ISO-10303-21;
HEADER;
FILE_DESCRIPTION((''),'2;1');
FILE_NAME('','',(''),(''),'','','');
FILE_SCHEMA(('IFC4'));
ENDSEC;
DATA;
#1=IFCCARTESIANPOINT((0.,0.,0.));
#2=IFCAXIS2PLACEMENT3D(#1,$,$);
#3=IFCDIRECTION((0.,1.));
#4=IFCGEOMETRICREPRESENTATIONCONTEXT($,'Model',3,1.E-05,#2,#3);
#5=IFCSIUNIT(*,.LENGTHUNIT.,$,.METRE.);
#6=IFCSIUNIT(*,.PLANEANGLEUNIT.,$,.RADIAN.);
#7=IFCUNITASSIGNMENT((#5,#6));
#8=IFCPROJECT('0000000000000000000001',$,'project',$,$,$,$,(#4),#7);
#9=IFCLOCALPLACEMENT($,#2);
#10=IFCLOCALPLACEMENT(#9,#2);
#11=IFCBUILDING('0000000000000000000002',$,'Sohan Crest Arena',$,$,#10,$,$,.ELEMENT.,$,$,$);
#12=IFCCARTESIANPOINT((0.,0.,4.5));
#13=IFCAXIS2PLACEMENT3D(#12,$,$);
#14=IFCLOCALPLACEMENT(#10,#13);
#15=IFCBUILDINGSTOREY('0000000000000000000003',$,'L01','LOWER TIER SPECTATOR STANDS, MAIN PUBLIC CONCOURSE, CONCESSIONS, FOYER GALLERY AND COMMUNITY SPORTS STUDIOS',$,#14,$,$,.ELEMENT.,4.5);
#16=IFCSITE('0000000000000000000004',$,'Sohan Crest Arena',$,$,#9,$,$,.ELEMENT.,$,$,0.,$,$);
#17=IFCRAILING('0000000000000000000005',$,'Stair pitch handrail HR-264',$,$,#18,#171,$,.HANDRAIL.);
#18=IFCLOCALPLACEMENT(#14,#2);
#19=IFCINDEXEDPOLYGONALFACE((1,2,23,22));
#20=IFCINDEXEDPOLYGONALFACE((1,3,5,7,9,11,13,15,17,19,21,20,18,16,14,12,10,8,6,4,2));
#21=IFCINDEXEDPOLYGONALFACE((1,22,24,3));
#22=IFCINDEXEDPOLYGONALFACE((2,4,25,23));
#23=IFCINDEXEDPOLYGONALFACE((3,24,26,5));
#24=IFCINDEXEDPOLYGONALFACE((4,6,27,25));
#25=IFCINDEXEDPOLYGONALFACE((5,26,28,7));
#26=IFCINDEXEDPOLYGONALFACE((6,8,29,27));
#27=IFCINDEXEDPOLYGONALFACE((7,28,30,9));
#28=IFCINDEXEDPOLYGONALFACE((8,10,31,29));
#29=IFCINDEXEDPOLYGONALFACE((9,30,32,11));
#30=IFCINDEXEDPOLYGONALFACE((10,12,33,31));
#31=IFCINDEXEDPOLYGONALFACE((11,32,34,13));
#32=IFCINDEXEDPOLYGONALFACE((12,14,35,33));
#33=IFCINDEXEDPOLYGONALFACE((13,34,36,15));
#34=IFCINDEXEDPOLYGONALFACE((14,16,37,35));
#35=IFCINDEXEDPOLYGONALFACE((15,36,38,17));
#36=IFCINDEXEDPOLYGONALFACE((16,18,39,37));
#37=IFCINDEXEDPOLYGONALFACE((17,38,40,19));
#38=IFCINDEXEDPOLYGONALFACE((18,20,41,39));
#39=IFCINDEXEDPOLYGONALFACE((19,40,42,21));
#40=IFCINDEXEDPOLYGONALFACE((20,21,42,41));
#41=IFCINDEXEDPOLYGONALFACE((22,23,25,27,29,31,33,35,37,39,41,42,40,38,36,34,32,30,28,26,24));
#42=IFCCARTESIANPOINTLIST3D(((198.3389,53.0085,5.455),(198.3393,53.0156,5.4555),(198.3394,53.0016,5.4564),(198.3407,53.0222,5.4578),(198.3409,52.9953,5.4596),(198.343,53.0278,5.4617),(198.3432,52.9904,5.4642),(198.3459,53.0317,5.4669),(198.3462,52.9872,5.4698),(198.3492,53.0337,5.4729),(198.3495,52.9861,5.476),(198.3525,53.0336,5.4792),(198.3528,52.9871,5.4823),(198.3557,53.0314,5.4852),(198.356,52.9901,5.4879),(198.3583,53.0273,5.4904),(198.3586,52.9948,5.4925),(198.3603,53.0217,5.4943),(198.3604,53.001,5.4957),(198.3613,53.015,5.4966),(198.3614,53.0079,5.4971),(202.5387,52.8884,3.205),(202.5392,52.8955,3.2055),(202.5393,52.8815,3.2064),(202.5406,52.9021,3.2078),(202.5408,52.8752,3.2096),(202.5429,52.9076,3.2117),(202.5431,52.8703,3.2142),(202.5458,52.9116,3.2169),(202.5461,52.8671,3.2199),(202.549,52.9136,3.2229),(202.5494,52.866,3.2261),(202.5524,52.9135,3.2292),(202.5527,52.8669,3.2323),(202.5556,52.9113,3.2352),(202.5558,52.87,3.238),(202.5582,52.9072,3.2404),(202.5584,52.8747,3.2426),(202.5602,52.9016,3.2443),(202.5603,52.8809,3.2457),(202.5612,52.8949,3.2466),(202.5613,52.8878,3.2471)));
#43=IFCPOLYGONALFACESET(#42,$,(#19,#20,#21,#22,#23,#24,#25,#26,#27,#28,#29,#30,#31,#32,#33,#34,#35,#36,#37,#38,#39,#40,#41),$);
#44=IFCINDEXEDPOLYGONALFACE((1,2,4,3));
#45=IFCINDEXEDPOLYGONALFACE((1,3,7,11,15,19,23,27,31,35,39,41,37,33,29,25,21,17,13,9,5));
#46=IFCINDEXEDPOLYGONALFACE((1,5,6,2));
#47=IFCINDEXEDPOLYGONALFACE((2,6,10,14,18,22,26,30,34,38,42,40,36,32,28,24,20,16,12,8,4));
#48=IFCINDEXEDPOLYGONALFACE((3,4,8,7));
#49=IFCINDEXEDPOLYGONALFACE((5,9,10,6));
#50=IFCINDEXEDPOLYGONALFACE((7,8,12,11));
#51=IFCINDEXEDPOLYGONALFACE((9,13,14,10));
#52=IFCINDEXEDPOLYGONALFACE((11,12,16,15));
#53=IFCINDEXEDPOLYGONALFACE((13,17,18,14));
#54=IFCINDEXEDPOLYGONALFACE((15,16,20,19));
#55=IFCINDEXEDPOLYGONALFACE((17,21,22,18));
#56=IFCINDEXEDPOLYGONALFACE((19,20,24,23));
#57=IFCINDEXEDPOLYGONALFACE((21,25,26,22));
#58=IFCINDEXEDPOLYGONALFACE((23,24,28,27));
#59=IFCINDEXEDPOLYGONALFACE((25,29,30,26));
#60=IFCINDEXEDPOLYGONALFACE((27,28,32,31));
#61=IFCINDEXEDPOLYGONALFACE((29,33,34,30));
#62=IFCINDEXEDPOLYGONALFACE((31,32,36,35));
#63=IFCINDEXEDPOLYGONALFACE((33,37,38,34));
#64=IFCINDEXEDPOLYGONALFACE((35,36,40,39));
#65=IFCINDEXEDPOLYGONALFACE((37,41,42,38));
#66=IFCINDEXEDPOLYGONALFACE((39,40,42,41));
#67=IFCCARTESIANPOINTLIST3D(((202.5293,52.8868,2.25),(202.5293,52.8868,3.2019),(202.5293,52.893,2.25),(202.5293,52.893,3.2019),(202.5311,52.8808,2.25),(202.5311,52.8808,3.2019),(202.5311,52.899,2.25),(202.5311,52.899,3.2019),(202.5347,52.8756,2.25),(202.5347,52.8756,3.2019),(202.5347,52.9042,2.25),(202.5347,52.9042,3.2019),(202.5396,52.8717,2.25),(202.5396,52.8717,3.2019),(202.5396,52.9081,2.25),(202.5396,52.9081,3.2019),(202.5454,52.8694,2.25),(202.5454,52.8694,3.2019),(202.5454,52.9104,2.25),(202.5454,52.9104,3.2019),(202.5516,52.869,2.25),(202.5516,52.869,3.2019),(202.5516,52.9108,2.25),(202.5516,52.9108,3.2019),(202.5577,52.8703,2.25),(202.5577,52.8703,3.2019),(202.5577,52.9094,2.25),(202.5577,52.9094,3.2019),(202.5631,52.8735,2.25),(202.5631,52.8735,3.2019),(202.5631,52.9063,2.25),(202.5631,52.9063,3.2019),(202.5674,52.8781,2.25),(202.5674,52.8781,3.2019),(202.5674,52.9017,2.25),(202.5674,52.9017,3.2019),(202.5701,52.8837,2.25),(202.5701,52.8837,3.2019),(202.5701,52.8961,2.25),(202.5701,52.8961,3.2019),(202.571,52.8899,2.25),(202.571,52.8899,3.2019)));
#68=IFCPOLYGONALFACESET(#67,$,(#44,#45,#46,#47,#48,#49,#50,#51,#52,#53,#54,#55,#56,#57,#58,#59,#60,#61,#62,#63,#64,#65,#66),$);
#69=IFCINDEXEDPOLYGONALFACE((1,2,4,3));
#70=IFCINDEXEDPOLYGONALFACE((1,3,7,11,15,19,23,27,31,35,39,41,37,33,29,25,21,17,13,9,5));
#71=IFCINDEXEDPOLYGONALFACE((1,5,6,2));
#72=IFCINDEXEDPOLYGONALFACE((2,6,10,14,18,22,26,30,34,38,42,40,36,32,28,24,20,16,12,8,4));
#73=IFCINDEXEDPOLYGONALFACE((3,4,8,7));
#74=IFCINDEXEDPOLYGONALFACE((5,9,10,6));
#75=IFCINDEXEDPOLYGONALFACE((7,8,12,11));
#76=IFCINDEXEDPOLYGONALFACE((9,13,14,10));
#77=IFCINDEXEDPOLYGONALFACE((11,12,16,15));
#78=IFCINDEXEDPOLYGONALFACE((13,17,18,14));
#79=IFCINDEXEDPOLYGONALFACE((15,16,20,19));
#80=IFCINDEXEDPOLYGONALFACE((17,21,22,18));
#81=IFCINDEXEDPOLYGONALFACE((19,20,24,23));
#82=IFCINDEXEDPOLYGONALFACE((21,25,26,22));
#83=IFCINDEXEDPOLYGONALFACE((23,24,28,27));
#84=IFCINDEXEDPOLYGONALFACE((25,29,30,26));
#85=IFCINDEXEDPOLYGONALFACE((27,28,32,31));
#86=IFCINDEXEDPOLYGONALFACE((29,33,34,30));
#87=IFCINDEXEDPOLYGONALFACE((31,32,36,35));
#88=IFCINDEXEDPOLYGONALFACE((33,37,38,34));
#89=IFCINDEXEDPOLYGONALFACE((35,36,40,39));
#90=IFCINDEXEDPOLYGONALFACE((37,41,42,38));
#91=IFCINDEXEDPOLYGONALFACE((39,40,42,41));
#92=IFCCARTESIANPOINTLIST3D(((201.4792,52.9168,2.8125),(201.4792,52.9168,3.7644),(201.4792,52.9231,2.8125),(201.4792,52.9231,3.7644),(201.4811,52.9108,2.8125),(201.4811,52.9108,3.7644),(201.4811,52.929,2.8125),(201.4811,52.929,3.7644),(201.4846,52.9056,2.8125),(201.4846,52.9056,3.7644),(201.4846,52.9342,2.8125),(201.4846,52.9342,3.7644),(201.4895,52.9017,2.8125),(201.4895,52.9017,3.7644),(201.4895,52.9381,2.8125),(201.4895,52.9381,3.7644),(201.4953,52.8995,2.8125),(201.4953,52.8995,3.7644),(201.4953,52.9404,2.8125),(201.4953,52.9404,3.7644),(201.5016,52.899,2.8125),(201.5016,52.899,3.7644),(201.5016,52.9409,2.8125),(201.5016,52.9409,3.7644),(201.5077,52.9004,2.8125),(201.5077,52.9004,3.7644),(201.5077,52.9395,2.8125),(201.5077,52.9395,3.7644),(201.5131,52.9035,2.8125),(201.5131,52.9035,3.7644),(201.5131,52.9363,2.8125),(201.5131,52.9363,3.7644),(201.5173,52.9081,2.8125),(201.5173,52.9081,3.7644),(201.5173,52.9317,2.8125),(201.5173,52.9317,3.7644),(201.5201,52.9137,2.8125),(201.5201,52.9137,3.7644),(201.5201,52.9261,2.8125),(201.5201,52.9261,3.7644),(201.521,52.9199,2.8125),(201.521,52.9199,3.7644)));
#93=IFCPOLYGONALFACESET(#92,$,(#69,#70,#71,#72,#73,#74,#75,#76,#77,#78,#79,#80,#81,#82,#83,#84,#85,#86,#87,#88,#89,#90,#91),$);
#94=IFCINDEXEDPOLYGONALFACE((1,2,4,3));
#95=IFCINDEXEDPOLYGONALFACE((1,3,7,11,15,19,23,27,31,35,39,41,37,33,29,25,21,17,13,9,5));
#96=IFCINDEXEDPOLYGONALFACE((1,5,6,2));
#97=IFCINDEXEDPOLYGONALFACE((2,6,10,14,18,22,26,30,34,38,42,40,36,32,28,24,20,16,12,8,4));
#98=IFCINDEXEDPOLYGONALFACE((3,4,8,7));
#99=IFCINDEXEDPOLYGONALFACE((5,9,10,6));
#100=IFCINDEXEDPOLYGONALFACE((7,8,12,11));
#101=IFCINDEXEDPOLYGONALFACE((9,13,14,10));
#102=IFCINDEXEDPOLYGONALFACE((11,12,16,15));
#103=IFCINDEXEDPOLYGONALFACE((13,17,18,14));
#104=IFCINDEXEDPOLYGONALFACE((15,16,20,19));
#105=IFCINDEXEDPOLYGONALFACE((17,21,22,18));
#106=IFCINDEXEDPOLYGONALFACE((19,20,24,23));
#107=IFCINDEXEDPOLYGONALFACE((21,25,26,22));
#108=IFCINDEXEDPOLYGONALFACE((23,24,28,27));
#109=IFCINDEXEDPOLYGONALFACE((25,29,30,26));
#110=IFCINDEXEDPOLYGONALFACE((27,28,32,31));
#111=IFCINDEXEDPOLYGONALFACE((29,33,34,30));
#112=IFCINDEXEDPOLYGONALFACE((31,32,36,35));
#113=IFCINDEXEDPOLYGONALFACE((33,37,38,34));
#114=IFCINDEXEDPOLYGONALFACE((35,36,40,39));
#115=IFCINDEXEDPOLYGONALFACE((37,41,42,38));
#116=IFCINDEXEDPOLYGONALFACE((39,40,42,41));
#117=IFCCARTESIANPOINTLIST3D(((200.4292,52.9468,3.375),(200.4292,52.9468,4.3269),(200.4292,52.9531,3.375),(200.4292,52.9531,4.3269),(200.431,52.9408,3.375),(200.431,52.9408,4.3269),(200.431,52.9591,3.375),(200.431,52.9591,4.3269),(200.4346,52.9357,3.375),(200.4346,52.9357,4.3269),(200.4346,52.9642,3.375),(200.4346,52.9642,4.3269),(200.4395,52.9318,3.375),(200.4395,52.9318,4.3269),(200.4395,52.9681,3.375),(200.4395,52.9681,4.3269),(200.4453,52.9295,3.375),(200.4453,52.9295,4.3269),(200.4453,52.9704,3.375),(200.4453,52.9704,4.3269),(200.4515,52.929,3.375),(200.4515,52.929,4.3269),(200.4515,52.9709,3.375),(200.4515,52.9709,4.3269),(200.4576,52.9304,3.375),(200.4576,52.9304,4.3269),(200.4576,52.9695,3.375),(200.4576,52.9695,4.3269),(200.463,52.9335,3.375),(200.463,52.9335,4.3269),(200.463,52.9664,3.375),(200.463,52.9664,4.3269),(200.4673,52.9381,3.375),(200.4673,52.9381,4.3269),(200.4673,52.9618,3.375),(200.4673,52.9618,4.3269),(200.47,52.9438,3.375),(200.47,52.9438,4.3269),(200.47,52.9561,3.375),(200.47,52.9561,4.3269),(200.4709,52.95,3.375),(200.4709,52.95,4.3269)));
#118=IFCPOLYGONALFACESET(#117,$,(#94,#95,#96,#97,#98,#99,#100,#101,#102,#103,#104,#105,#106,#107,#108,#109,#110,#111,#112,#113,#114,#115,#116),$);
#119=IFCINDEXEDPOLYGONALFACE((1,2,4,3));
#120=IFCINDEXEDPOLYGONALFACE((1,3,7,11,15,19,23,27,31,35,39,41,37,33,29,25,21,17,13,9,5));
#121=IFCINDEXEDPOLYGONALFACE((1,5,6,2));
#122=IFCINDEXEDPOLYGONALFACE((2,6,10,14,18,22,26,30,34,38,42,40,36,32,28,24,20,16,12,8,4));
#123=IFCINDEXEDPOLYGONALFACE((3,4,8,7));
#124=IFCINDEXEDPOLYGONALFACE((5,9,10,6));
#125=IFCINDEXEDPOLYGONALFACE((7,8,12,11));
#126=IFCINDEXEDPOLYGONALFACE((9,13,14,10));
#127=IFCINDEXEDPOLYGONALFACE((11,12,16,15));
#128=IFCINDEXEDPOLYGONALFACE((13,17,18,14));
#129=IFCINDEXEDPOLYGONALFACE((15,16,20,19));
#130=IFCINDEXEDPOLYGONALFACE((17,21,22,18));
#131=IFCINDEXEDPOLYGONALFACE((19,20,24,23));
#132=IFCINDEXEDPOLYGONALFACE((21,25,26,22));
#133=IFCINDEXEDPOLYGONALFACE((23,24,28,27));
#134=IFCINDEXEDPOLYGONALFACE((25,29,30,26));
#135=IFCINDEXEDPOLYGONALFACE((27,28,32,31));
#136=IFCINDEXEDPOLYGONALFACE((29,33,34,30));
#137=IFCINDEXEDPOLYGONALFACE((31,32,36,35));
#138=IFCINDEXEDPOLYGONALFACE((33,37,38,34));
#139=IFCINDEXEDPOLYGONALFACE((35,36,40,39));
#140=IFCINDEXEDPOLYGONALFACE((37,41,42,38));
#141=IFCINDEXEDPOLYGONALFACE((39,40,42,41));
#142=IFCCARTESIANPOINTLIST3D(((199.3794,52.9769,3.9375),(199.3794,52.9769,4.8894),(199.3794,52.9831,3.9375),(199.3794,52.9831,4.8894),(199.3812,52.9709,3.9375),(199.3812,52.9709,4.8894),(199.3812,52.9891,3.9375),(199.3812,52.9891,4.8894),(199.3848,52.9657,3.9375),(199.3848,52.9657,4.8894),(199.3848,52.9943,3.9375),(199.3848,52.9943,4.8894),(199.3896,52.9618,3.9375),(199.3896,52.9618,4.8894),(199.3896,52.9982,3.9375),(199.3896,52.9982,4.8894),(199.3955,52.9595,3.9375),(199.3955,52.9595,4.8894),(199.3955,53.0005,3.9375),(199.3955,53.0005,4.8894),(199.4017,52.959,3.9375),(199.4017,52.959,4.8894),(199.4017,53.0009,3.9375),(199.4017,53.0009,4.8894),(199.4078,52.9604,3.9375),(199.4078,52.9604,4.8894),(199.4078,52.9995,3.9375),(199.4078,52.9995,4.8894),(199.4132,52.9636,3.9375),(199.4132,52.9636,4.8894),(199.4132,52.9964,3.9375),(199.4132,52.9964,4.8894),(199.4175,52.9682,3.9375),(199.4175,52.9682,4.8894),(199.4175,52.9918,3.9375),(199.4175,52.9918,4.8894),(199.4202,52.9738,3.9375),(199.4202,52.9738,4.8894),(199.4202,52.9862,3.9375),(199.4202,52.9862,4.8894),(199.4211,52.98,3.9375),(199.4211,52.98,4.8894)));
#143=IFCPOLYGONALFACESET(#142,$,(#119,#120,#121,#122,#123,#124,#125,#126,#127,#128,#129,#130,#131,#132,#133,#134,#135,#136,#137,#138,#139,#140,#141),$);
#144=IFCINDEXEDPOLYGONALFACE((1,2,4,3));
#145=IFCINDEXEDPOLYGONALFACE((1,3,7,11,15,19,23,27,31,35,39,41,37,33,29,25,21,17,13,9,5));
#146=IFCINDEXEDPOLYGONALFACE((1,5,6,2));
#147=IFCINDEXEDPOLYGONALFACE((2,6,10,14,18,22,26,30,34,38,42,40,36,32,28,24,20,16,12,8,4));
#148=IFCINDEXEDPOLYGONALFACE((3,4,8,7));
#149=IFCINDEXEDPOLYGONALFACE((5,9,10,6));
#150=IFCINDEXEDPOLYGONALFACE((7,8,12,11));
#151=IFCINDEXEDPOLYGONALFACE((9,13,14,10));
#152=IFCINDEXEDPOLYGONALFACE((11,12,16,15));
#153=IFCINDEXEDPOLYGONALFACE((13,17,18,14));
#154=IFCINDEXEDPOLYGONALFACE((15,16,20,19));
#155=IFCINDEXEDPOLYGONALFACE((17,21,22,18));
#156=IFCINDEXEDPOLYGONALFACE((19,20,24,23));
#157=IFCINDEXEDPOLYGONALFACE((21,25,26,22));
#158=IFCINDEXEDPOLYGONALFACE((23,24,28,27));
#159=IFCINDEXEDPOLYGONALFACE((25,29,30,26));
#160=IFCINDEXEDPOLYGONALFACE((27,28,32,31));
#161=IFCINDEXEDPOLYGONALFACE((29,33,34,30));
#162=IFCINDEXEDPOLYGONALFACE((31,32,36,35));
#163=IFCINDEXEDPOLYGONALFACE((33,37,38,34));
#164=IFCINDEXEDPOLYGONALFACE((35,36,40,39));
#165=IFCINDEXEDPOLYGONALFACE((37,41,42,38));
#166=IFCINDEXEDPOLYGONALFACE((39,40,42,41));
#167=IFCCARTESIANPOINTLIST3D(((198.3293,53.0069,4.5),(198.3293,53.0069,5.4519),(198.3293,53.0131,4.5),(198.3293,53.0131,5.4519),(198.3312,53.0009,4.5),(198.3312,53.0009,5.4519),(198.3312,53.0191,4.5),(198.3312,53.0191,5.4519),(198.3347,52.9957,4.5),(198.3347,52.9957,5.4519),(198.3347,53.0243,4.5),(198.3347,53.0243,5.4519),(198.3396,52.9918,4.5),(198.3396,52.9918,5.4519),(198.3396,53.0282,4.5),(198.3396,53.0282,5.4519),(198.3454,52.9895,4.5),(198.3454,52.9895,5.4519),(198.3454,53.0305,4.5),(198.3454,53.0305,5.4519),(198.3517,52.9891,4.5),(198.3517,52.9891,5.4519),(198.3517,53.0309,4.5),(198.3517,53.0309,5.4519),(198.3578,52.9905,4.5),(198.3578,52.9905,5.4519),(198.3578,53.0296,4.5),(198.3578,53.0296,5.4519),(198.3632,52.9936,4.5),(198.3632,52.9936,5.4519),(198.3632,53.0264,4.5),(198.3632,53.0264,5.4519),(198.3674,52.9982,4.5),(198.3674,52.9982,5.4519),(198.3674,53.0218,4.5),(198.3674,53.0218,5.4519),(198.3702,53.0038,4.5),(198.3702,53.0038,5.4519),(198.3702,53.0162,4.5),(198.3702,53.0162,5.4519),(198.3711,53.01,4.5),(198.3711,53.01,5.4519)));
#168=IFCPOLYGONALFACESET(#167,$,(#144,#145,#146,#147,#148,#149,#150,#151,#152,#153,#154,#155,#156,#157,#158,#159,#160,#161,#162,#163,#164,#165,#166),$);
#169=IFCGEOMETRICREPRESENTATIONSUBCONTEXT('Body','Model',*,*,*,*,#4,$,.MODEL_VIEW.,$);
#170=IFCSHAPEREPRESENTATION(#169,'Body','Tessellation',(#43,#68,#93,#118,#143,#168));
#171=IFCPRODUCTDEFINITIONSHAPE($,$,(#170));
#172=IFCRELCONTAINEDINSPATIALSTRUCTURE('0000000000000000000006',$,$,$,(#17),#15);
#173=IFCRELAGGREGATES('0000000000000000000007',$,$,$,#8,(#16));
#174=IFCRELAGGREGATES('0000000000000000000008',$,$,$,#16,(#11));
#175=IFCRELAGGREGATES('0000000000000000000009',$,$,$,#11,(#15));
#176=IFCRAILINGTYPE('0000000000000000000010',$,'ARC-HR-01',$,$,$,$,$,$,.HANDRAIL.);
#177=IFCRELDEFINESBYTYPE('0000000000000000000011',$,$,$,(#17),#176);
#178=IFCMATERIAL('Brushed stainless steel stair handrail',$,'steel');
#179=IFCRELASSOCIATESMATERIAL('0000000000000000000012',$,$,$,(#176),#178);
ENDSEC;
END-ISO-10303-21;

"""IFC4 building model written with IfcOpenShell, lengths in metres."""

from ifc_helpers import new_model, si_unit, direction, frame, origin, origin_2d, place, context, subcontext, project, spatial, circle, extrude, material, type_object, element, save


model = new_model("IFC4")

# Units and contexts
model_context = context("Model", 3, precision=1e-05, world=origin(), true_north=direction((0.0, 1.0)))
body_context = subcontext(model_context, "Body", "Model", "MODEL_VIEW")
ifc_project = project(units=[si_unit("LENGTHUNIT", "METRE"), si_unit("PLANEANGLEUNIT", "RADIAN")], contexts=[model_context])

# Site, building, storey
site_placement = place(None, origin())
site = spatial("IfcSite", under=ifc_project, at=site_placement, Name="Sohan Crest Arena", CompositionType="ELEMENT", RefElevation=0.0)
building_placement = place(site_placement, origin())
building = spatial("IfcBuilding", under=site, at=building_placement, Name="Sohan Crest Arena", CompositionType="ELEMENT")
storey_placement = place(building_placement, frame((0.0, 0.0, 4.5)))
storey = spatial("IfcBuildingStorey", under=building, at=storey_placement, Name="L01", Description="LOWER TIER SPECTATOR STANDS, MAIN PUBLIC CONCOURSE, CONCESSIONS, FOYER GALLERY AND COMMUNITY SPORTS STUDIOS", CompositionType="ELEMENT", Elevation=4.5)

# Railing
ifc_material_1 = material(Name="Brushed stainless steel stair handrail", Category="steel")
railing_type = type_object("IfcRailingType", Name="ARC-HR-01", PredefinedType="HANDRAIL", material=ifc_material_1)
railing_1_placement = place(storey_placement, frame((202.55, 52.8899, 2.25)))
element("IfcRailing", 1, at=railing_1_placement, inside=storey, type_object=railing_type, Name="Stair pitch handrail HR-264", PredefinedType="HANDRAIL", context=body_context, shape_type="SweptSolid", body=[
    extrude(circle(Radius=0.0239, at=origin_2d()), frame((0.0, 0.0, 0.9761), z_axis=(-0.881198, 0.025202, 0.472076), x_axis=(-0.028588, -0.999591, 0.0)), (0.0, 0.0, 1.0), 4.7661),
    extrude(circle(Radius=0.021, at=origin_2d()), origin(), (0.0, 0.0, 1.0), 0.9519),
    extrude(circle(Radius=0.021, at=origin_2d()), frame((-1.05, 0.03, 0.5625)), (0.0, 0.0, 1.0), 0.9519),
    extrude(circle(Radius=0.021, at=origin_2d()), frame((-2.1001, 0.0601, 1.125)), (0.0, 0.0, 1.0), 0.9519),
    extrude(circle(Radius=0.021, at=origin_2d()), frame((-3.1499, 0.0901, 1.6875)), (0.0, 0.0, 1.0), 0.9519),
    extrude(circle(Radius=0.021, at=origin_2d()), frame((-4.2, 0.1201, 2.25)), (0.0, 0.0, 1.0), 0.9519),
])

save(model, "model.ifc")
